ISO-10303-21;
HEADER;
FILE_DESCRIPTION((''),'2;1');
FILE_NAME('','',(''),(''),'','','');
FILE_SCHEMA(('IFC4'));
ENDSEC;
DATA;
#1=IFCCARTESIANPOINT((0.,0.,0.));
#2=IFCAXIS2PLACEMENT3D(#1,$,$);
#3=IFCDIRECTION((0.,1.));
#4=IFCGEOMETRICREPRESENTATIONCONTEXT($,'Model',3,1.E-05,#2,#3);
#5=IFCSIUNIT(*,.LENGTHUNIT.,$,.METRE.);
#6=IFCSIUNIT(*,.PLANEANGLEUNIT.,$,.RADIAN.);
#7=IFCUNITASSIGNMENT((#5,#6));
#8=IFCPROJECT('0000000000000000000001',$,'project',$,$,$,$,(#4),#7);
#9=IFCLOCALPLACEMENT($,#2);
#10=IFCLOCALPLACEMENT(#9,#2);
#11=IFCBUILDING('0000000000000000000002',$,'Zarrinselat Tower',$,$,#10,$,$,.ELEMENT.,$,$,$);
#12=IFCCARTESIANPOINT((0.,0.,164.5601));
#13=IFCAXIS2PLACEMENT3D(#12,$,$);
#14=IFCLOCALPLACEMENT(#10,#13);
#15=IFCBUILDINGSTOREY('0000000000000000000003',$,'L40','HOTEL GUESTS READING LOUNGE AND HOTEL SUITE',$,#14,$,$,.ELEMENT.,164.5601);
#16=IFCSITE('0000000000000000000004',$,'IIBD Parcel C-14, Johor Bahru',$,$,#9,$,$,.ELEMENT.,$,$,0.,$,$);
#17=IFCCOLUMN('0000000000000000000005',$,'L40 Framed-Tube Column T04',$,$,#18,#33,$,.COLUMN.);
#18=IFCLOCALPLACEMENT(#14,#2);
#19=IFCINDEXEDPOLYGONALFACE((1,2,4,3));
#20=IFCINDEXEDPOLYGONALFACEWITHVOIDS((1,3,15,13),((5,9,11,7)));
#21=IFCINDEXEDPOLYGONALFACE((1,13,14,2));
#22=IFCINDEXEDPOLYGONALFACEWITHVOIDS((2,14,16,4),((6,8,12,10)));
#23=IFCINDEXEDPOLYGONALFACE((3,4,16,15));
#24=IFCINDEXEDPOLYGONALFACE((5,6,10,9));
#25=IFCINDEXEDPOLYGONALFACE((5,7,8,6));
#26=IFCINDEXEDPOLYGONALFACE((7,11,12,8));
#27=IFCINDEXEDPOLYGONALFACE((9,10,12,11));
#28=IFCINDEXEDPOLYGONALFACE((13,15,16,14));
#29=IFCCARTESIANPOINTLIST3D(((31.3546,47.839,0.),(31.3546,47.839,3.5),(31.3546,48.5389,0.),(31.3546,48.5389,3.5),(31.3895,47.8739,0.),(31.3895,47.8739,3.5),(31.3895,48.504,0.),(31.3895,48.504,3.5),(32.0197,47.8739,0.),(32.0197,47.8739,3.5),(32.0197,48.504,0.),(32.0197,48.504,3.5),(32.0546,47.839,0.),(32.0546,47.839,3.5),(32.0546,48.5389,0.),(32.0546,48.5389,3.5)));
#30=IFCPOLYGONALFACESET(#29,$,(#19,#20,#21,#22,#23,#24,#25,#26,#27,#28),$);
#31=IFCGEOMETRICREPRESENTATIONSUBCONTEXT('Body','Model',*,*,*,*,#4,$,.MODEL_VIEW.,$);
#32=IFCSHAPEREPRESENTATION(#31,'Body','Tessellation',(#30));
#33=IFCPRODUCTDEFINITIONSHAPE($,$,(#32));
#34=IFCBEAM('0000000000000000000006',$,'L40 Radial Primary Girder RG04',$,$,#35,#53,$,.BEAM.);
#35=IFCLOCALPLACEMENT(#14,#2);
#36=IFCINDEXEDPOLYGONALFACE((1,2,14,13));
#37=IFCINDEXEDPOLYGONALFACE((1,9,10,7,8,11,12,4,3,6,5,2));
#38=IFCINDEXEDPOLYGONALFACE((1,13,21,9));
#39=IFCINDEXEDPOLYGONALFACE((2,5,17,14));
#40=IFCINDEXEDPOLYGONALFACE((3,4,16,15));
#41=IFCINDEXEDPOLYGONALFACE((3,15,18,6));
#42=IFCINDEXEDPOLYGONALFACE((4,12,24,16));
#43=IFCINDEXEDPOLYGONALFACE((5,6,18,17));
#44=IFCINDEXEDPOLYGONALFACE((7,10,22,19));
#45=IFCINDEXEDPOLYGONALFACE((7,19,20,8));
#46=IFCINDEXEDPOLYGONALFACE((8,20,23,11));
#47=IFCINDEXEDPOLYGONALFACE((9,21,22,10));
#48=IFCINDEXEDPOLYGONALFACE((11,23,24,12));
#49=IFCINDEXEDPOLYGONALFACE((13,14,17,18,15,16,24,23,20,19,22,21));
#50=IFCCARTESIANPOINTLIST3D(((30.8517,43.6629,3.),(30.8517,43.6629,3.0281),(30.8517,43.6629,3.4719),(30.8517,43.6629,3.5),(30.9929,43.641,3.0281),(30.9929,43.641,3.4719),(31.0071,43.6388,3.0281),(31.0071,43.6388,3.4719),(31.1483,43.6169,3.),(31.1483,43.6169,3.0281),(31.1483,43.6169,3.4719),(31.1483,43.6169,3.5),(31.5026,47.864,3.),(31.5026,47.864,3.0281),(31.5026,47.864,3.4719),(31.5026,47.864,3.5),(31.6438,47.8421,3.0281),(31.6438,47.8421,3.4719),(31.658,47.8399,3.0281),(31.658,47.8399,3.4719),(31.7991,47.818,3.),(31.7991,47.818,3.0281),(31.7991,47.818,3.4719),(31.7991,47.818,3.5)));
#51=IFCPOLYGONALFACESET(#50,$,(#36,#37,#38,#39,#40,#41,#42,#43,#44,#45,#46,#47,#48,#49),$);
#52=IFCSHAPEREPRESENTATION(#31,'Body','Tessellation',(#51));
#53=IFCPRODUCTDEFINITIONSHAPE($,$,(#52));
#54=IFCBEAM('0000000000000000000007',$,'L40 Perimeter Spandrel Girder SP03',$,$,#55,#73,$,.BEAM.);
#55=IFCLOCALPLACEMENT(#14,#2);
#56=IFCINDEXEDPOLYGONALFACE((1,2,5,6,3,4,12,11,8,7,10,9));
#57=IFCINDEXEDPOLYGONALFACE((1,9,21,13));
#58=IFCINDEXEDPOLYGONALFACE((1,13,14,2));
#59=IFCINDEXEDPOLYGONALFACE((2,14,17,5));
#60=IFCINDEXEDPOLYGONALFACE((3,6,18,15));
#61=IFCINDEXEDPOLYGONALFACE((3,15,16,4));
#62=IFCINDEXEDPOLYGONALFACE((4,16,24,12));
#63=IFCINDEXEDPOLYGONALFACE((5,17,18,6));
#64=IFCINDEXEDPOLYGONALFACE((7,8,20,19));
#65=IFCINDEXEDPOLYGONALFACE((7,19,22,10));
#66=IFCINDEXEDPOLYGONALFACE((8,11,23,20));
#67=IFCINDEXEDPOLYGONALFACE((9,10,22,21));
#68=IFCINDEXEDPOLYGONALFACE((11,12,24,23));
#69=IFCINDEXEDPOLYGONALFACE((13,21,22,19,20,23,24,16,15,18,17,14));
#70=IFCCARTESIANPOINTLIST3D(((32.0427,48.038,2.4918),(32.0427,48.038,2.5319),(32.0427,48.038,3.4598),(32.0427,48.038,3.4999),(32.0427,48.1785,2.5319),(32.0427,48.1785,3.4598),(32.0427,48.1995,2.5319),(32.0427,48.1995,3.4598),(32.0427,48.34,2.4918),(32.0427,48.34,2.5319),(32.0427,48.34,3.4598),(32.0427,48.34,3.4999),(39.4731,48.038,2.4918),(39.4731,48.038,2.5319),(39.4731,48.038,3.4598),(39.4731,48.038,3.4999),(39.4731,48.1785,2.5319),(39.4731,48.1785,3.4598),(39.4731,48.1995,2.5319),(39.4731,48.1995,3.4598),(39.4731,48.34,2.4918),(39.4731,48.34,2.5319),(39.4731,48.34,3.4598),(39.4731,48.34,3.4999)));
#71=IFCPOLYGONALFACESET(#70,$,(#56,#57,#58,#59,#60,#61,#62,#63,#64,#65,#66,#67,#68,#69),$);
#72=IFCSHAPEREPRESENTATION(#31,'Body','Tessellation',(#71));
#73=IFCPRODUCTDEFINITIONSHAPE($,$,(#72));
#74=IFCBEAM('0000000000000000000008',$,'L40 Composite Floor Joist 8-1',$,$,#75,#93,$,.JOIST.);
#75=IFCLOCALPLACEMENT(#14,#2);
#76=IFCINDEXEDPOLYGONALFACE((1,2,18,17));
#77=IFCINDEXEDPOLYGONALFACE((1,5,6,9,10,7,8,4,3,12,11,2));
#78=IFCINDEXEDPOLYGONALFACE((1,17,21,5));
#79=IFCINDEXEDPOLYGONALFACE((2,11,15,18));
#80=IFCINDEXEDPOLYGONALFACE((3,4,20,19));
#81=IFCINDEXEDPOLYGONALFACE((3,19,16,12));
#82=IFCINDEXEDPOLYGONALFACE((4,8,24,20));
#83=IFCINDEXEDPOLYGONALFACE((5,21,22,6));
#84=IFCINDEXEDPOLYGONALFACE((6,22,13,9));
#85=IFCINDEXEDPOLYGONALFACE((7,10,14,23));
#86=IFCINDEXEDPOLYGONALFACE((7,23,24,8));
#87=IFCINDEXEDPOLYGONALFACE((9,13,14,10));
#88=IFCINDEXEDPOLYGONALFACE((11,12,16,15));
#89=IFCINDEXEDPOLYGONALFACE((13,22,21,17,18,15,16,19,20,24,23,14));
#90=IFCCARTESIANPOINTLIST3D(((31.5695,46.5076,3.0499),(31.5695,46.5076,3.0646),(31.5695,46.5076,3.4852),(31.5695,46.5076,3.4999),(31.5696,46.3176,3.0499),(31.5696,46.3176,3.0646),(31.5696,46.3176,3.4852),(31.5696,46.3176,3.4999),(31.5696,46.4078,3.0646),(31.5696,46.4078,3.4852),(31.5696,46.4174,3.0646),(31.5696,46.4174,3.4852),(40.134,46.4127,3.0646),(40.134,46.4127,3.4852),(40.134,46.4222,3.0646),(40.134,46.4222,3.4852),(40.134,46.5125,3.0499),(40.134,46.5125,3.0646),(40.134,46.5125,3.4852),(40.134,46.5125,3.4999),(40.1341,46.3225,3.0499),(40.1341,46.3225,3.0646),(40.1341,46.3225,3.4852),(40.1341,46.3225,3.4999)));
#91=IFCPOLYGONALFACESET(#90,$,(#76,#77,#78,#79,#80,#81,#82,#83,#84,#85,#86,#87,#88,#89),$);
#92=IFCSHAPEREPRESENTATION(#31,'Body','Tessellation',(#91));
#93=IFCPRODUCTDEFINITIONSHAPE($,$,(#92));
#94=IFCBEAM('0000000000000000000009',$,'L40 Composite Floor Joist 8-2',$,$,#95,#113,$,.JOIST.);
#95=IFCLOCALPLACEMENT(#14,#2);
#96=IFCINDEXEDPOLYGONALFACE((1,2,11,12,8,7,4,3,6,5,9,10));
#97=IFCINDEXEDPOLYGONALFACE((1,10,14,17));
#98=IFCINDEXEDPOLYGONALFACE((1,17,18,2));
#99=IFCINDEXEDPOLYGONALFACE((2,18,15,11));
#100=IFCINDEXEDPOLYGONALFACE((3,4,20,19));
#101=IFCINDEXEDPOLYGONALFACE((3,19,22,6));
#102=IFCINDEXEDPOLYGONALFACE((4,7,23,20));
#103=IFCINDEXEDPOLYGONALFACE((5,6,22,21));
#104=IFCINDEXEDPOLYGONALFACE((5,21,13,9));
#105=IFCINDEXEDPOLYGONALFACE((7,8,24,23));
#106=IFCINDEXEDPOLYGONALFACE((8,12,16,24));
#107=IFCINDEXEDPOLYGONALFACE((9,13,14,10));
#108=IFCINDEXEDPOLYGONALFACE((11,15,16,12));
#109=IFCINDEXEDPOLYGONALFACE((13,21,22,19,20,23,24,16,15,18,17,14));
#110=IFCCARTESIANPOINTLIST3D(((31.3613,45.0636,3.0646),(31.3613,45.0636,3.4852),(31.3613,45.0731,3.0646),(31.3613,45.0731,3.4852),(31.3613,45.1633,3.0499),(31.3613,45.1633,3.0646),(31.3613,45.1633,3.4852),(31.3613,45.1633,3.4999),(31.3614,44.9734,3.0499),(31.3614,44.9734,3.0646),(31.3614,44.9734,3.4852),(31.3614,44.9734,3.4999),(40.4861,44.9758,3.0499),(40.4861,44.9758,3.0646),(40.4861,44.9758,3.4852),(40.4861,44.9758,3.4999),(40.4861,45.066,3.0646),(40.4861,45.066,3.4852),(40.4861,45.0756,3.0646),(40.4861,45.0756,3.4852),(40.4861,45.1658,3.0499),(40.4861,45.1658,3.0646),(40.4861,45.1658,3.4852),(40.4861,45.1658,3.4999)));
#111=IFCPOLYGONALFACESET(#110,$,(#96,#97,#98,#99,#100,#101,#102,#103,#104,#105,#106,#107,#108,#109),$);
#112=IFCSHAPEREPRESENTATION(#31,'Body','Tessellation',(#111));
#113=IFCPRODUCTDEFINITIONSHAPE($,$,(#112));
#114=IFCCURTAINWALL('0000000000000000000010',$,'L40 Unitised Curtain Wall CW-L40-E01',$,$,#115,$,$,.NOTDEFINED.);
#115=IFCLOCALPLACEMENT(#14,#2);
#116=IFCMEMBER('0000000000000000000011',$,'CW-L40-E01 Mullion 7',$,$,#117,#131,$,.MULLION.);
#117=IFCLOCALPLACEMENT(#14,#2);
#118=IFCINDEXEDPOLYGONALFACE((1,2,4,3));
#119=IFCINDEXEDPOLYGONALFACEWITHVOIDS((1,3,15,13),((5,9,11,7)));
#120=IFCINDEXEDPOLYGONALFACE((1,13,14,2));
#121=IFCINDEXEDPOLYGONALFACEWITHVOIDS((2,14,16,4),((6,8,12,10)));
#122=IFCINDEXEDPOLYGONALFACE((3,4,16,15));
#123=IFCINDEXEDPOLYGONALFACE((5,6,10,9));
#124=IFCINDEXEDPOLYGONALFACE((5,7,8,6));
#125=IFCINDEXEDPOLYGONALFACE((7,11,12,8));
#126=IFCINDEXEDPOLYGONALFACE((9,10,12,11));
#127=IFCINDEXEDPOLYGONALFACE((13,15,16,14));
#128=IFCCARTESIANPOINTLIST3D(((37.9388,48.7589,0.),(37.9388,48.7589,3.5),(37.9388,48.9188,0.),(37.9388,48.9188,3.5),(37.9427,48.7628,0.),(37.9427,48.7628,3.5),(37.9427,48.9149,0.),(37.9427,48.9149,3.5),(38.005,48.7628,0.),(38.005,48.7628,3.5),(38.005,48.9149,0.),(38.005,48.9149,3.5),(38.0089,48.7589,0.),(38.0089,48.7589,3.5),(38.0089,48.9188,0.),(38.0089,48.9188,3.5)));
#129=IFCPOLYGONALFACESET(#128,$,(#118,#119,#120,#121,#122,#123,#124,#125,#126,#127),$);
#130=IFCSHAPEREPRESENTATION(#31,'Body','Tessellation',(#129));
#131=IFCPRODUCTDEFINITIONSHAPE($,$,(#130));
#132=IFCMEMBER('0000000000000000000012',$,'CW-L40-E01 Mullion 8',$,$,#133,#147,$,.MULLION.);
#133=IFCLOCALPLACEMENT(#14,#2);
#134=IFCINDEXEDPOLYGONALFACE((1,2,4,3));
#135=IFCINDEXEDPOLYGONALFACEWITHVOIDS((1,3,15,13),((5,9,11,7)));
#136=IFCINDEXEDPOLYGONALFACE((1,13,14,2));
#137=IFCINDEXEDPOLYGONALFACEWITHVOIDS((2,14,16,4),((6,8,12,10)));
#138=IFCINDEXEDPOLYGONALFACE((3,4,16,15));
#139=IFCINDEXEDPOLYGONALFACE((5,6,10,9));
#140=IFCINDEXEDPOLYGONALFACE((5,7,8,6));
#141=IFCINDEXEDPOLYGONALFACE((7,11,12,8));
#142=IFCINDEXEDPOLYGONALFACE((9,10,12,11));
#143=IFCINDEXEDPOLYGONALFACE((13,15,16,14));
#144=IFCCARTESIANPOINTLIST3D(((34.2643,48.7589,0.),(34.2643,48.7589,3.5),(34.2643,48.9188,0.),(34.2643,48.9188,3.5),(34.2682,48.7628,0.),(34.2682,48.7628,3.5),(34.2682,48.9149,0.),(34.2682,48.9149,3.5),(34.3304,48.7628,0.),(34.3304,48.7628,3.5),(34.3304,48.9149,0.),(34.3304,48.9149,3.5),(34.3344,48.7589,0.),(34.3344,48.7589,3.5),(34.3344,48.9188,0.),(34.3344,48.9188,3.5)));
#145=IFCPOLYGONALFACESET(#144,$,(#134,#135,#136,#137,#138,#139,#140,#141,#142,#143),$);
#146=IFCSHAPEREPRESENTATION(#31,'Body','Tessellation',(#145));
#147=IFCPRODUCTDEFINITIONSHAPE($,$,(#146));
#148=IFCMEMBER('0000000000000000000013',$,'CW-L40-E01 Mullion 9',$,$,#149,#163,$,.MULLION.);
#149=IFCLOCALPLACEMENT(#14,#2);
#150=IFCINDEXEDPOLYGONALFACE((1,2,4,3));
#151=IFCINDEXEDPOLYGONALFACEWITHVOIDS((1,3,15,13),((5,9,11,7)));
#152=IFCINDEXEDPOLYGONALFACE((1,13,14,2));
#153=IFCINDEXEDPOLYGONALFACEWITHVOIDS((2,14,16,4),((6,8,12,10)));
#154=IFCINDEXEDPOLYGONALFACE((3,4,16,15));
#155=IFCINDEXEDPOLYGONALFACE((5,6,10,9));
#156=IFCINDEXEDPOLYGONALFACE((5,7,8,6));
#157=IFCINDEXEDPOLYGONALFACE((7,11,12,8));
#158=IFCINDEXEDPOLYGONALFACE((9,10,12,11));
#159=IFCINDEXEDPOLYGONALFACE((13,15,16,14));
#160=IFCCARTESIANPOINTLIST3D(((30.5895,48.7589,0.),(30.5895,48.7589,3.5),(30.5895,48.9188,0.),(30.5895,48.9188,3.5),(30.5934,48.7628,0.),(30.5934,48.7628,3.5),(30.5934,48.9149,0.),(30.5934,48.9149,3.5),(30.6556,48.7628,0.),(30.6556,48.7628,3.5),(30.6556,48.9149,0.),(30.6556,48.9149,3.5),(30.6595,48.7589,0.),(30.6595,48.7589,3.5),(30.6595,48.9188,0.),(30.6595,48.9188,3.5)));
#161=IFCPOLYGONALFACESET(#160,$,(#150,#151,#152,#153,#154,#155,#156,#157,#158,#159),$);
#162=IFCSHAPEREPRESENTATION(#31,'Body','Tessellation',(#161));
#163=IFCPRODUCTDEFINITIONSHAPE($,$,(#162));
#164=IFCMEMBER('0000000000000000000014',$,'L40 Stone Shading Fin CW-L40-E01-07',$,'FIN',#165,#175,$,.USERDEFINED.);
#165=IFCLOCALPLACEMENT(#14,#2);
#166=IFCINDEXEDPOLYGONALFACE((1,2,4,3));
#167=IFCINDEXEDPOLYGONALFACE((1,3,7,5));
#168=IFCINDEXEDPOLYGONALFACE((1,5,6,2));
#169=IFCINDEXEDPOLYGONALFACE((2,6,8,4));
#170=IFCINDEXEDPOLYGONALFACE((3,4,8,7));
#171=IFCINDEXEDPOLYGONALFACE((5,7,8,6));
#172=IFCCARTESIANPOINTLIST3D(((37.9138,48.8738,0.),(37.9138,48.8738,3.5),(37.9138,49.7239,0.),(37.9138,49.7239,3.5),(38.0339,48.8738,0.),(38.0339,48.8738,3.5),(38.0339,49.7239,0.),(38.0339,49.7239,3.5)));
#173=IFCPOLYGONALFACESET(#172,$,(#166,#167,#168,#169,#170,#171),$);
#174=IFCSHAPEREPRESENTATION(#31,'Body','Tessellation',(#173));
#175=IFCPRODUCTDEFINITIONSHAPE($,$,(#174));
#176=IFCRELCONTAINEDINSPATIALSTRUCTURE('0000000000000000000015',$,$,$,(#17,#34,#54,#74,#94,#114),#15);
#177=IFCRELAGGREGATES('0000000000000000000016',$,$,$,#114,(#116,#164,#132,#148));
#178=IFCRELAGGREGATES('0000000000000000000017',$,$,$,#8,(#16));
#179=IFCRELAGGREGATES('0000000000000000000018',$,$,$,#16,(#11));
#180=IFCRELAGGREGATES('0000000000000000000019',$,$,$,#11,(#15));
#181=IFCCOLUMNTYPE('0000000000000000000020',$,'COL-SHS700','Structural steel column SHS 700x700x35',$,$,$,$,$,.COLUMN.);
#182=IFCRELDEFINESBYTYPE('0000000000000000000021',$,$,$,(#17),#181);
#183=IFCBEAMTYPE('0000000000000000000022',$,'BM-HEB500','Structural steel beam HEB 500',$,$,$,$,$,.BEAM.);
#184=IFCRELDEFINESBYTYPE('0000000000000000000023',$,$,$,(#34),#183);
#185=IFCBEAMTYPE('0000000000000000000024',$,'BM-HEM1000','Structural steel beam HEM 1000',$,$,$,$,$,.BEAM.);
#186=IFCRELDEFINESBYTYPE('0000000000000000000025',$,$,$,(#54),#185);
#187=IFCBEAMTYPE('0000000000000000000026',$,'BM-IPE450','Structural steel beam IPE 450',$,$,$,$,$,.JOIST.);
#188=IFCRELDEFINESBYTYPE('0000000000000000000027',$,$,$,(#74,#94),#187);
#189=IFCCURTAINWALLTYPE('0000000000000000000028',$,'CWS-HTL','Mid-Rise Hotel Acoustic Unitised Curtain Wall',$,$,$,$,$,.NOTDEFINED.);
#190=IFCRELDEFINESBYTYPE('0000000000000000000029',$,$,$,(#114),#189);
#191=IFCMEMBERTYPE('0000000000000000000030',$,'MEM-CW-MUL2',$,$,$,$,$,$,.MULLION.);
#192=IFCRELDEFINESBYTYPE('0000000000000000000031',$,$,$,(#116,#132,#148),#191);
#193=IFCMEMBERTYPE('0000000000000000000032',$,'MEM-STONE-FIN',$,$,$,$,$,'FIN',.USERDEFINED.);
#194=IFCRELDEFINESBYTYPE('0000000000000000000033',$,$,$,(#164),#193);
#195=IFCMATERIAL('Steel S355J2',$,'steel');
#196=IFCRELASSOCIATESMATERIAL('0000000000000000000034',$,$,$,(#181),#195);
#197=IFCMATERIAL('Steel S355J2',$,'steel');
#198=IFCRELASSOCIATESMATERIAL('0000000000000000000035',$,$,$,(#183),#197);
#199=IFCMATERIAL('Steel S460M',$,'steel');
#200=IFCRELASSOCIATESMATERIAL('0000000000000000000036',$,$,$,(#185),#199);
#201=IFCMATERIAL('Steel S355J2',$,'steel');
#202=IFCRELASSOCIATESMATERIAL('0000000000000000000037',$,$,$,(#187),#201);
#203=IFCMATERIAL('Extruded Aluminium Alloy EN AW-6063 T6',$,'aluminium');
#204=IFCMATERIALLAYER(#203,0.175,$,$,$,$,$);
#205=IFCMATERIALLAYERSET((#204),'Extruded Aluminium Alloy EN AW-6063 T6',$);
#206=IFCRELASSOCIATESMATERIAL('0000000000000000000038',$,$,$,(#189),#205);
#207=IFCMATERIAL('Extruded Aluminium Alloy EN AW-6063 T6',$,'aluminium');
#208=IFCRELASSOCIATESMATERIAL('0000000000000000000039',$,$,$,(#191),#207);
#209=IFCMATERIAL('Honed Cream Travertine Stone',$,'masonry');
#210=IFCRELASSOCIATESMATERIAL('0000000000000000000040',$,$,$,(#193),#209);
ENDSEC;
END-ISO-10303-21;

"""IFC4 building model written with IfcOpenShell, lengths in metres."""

from ifc_helpers import new_model, si_unit, direction, frame, origin, origin_2d, place, context, subcontext, project, spatial, rectangle, hollow_rectangle, i_section, extrude, material, layer, layer_set, material_profile, profile_set, type_object, element, aggregate, save


model = new_model("IFC4")

# Units and contexts
model_context = context("Model", 3, precision=1e-05, world=origin(), true_north=direction((0.0, 1.0)))
body_context = subcontext(model_context, "Body", "Model", "MODEL_VIEW")
ifc_project = project(units=[si_unit("LENGTHUNIT", "METRE"), si_unit("PLANEANGLEUNIT", "RADIAN")], contexts=[model_context])

# Site, building, storey
site_placement = place(None, origin())
site = spatial("IfcSite", under=ifc_project, at=site_placement, Name="IIBD Parcel C-14, Johor Bahru", CompositionType="ELEMENT", RefElevation=0.0)
building_placement = place(site_placement, origin())
building = spatial("IfcBuilding", under=site, at=building_placement, Name="Zarrinselat Tower", CompositionType="ELEMENT")
storey_placement = place(building_placement, frame((0.0, 0.0, 164.5601)))
storey = spatial("IfcBuildingStorey", under=building, at=storey_placement, Name="L40", Description="HOTEL GUESTS READING LOUNGE AND HOTEL SUITE", CompositionType="ELEMENT", Elevation=164.5601)

# Column
ifc_material_1 = material(Name="Steel S355J2", Category="steel")
ifc_material_profile_1 = material_profile(ifc_material_1, hollow_rectangle(XDim=0.7, YDim=0.7, WallThickness=0.0349, at=origin_2d()), Name="SHS 700x700x35")
ifc_profile_set_1 = profile_set([ifc_material_profile_1], Name="Steel S355J2")
column_type = type_object("IfcColumnType", Name="COL-SHS700", Description="Structural steel column SHS 700x700x35", PredefinedType="COLUMN", material=ifc_profile_set_1)
column_placement = place(storey_placement, frame((31.7046, 48.189, 0.0), z_axis=(0.0, 0.0, 1.0), x_axis=(1.0, 0.0, 0.0)))
element("IfcColumn", 1, at=column_placement, inside=storey, type_object=column_type, Name="L40 Framed-Tube Column T04", PredefinedType="COLUMN", context=body_context, shape_type="SweptSolid", body=[
    extrude(hollow_rectangle(XDim=0.7, YDim=0.7, WallThickness=0.0349, at=origin_2d()), origin(), (0.0, 0.0, 1.0), 3.5),
])

# Beams
ifc_material_2 = material(Name="Steel S355J2", Category="steel")
ifc_material_profile_2 = material_profile(ifc_material_2, i_section(OverallWidth=0.3, OverallDepth=0.5, WebThickness=0.0144, FlangeThickness=0.0281, at=origin_2d()), Name="HEB 500")
ifc_profile_set_2 = profile_set([ifc_material_profile_2], Name="Steel S355J2")
beam_type_1 = type_object("IfcBeamType", Name="BM-HEB500", Description="Structural steel beam HEB 500", PredefinedType="BEAM", material=ifc_profile_set_2)
beam_1_placement = place(storey_placement, frame((31.0, 43.6399, 3.25), z_axis=(0.153101, 0.98821, 0.0), x_axis=(-0.98821, 0.153101, 0.0)))
element("IfcBeam", 2, at=beam_1_placement, inside=storey, type_object=beam_type_1, Name="L40 Radial Primary Girder RG04", PredefinedType="BEAM", context=body_context, shape_type="SweptSolid", body=[
    extrude(i_section(OverallWidth=0.3, OverallDepth=0.5, WebThickness=0.0144, FlangeThickness=0.0281, at=origin_2d()), origin(), (0.0, 0.0, 1.0), 4.2512),
])
ifc_material_3 = material(Name="Steel S460M", Category="steel")
ifc_material_profile_3 = material_profile(ifc_material_3, i_section(OverallWidth=0.302, OverallDepth=1.0081, WebThickness=0.021, FlangeThickness=0.04, at=origin_2d()), Name="HEM 1000")
ifc_profile_set_3 = profile_set([ifc_material_profile_3], Name="Steel S460M")
beam_type_2 = type_object("IfcBeamType", Name="BM-HEM1000", Description="Structural steel beam HEM 1000", PredefinedType="BEAM", material=ifc_profile_set_3)
beam_2_placement = place(storey_placement, frame((32.0427, 48.189, 2.9958), z_axis=(1.0, 0.0, 0.0), x_axis=(0.0, 1.0, 0.0)))
element("IfcBeam", 3, at=beam_2_placement, inside=storey, type_object=beam_type_2, Name="L40 Perimeter Spandrel Girder SP03", PredefinedType="BEAM", context=body_context, shape_type="SweptSolid", body=[
    extrude(i_section(OverallWidth=0.302, OverallDepth=1.0081, WebThickness=0.021, FlangeThickness=0.04, at=origin_2d()), origin(), (0.0, 0.0, 1.0), 7.4304),
])
ifc_material_4 = material(Name="Steel S355J2", Category="steel")
ifc_material_profile_4 = material_profile(ifc_material_4, i_section(OverallWidth=0.1899, OverallDepth=0.45, WebThickness=0.0095, FlangeThickness=0.0146, at=origin_2d()), Name="IPE 450")
ifc_profile_set_4 = profile_set([ifc_material_profile_4], Name="Steel S355J2")
beam_type_3 = type_object("IfcBeamType", Name="BM-IPE450", Description="Structural steel beam IPE 450", PredefinedType="JOIST", material=ifc_profile_set_4)
beam_3_placement = place(storey_placement, frame((31.5696, 46.4126, 3.2749), z_axis=(1.0, 0.00057, 0.0), x_axis=(-0.00057, 1.0, 0.0)))
element("IfcBeam", 4, at=beam_3_placement, inside=storey, type_object=beam_type_3, Name="L40 Composite Floor Joist 8-1", PredefinedType="JOIST", context=body_context, shape_type="SweptSolid", body=[
    extrude(i_section(OverallWidth=0.1899, OverallDepth=0.45, WebThickness=0.0095, FlangeThickness=0.0146, at=origin_2d()), origin(), (0.0, 0.0, 1.0), 8.5645),
])
beam_4_placement = place(storey_placement, frame((31.3613, 45.0684, 3.2749), z_axis=(1.0, 0.000268, 0.0), x_axis=(-0.000268, 1.0, 0.0)))
element("IfcBeam", 5, at=beam_4_placement, inside=storey, type_object=beam_type_3, Name="L40 Composite Floor Joist 8-2", PredefinedType="JOIST", context=body_context, shape_type="SweptSolid", body=[
    extrude(i_section(OverallWidth=0.1899, OverallDepth=0.45, WebThickness=0.0095, FlangeThickness=0.0146, at=origin_2d()), origin(), (0.0, 0.0, 1.0), 9.1248),
])

# Curtain wall, members
ifc_material_5 = material(Name="Extruded Aluminium Alloy EN AW-6063 T6", Category="aluminium")
ifc_layer_1 = layer(ifc_material_5, 0.175)
ifc_layer_set_1 = layer_set([ifc_layer_1], Name="Extruded Aluminium Alloy EN AW-6063 T6")
curtain_wall_type = type_object("IfcCurtainWallType", Name="CWS-HTL", Description="Mid-Rise Hotel Acoustic Unitised Curtain Wall", PredefinedType="NOTDEFINED", material=ifc_layer_set_1)
curtain_wall_placement = place(storey_placement, origin())
curtain_wall = element("IfcCurtainWall", 6, at=curtain_wall_placement, inside=storey, type_object=curtain_wall_type, Name="L40 Unitised Curtain Wall CW-L40-E01", PredefinedType="NOTDEFINED")
ifc_material_6 = material(Name="Extruded Aluminium Alloy EN AW-6063 T6", Category="aluminium")
ifc_material_profile_5 = material_profile(ifc_material_6, hollow_rectangle(XDim=0.0701, YDim=0.1599, WallThickness=0.0039, at=origin_2d()), Name="RHS 160x70x4")
ifc_profile_set_5 = profile_set([ifc_material_profile_5], Name="Extruded Aluminium Alloy EN AW-6063 T6")
member_type_1 = type_object("IfcMemberType", Name="MEM-CW-MUL2", PredefinedType="MULLION", material=ifc_profile_set_5)
member_1_placement = place(storey_placement, frame((37.9739, 48.8389, 0.0), z_axis=(0.0, 0.0, 1.0), x_axis=(-1.0, 0.0, 0.0)))
member_1 = element("IfcMember", 7, at=member_1_placement, type_object=member_type_1, Name="CW-L40-E01 Mullion 7", PredefinedType="MULLION", context=body_context, shape_type="SweptSolid", body=[
    extrude(hollow_rectangle(XDim=0.0701, YDim=0.1599, WallThickness=0.0039, at=origin_2d()), origin(), (0.0, 0.0, 1.0), 3.5),
])
member_2_placement = place(storey_placement, frame((34.2993, 48.8389, 0.0), z_axis=(0.0, 0.0, 1.0), x_axis=(-1.0, 0.0, 0.0)))
member_2 = element("IfcMember", 8, at=member_2_placement, type_object=member_type_1, Name="CW-L40-E01 Mullion 8", PredefinedType="MULLION", context=body_context, shape_type="SweptSolid", body=[
    extrude(hollow_rectangle(XDim=0.0701, YDim=0.1599, WallThickness=0.0039, at=origin_2d()), origin(), (0.0, 0.0, 1.0), 3.5),
])
member_3_placement = place(storey_placement, frame((30.6245, 48.8389, 0.0), z_axis=(0.0, 0.0, 1.0), x_axis=(-1.0, 0.0, 0.0)))
member_3 = element("IfcMember", 9, at=member_3_placement, type_object=member_type_1, Name="CW-L40-E01 Mullion 9", PredefinedType="MULLION", context=body_context, shape_type="SweptSolid", body=[
    extrude(hollow_rectangle(XDim=0.0701, YDim=0.1599, WallThickness=0.0039, at=origin_2d()), origin(), (0.0, 0.0, 1.0), 3.5),
])
ifc_material_7 = material(Name="Honed Cream Travertine Stone", Category="masonry")
ifc_material_profile_6 = material_profile(ifc_material_7, rectangle(XDim=0.1201, YDim=0.8501, at=origin_2d()), Name="FIN 850x120")
ifc_profile_set_6 = profile_set([ifc_material_profile_6], Name="Honed Cream Travertine Stone")
member_type_2 = type_object("IfcMemberType", Name="MEM-STONE-FIN", ElementType="FIN", PredefinedType="USERDEFINED", material=ifc_profile_set_6)
member_4_placement = place(storey_placement, frame((37.9739, 49.2988, 0.0), z_axis=(0.0, 0.0, 1.0), x_axis=(1.0, 0.0, 0.0)))
member_4 = element("IfcMember", 10, at=member_4_placement, type_object=member_type_2, Name="L40 Stone Shading Fin CW-L40-E01-07", ObjectType="FIN", PredefinedType="USERDEFINED", context=body_context, shape_type="SweptSolid", body=[
    extrude(rectangle(XDim=0.1201, YDim=0.8501, at=origin_2d()), origin(), (0.0, 0.0, 1.0), 3.5),
])
aggregate(curtain_wall, [member_1, member_4, member_2, member_3])

save(model, "model.ifc")
